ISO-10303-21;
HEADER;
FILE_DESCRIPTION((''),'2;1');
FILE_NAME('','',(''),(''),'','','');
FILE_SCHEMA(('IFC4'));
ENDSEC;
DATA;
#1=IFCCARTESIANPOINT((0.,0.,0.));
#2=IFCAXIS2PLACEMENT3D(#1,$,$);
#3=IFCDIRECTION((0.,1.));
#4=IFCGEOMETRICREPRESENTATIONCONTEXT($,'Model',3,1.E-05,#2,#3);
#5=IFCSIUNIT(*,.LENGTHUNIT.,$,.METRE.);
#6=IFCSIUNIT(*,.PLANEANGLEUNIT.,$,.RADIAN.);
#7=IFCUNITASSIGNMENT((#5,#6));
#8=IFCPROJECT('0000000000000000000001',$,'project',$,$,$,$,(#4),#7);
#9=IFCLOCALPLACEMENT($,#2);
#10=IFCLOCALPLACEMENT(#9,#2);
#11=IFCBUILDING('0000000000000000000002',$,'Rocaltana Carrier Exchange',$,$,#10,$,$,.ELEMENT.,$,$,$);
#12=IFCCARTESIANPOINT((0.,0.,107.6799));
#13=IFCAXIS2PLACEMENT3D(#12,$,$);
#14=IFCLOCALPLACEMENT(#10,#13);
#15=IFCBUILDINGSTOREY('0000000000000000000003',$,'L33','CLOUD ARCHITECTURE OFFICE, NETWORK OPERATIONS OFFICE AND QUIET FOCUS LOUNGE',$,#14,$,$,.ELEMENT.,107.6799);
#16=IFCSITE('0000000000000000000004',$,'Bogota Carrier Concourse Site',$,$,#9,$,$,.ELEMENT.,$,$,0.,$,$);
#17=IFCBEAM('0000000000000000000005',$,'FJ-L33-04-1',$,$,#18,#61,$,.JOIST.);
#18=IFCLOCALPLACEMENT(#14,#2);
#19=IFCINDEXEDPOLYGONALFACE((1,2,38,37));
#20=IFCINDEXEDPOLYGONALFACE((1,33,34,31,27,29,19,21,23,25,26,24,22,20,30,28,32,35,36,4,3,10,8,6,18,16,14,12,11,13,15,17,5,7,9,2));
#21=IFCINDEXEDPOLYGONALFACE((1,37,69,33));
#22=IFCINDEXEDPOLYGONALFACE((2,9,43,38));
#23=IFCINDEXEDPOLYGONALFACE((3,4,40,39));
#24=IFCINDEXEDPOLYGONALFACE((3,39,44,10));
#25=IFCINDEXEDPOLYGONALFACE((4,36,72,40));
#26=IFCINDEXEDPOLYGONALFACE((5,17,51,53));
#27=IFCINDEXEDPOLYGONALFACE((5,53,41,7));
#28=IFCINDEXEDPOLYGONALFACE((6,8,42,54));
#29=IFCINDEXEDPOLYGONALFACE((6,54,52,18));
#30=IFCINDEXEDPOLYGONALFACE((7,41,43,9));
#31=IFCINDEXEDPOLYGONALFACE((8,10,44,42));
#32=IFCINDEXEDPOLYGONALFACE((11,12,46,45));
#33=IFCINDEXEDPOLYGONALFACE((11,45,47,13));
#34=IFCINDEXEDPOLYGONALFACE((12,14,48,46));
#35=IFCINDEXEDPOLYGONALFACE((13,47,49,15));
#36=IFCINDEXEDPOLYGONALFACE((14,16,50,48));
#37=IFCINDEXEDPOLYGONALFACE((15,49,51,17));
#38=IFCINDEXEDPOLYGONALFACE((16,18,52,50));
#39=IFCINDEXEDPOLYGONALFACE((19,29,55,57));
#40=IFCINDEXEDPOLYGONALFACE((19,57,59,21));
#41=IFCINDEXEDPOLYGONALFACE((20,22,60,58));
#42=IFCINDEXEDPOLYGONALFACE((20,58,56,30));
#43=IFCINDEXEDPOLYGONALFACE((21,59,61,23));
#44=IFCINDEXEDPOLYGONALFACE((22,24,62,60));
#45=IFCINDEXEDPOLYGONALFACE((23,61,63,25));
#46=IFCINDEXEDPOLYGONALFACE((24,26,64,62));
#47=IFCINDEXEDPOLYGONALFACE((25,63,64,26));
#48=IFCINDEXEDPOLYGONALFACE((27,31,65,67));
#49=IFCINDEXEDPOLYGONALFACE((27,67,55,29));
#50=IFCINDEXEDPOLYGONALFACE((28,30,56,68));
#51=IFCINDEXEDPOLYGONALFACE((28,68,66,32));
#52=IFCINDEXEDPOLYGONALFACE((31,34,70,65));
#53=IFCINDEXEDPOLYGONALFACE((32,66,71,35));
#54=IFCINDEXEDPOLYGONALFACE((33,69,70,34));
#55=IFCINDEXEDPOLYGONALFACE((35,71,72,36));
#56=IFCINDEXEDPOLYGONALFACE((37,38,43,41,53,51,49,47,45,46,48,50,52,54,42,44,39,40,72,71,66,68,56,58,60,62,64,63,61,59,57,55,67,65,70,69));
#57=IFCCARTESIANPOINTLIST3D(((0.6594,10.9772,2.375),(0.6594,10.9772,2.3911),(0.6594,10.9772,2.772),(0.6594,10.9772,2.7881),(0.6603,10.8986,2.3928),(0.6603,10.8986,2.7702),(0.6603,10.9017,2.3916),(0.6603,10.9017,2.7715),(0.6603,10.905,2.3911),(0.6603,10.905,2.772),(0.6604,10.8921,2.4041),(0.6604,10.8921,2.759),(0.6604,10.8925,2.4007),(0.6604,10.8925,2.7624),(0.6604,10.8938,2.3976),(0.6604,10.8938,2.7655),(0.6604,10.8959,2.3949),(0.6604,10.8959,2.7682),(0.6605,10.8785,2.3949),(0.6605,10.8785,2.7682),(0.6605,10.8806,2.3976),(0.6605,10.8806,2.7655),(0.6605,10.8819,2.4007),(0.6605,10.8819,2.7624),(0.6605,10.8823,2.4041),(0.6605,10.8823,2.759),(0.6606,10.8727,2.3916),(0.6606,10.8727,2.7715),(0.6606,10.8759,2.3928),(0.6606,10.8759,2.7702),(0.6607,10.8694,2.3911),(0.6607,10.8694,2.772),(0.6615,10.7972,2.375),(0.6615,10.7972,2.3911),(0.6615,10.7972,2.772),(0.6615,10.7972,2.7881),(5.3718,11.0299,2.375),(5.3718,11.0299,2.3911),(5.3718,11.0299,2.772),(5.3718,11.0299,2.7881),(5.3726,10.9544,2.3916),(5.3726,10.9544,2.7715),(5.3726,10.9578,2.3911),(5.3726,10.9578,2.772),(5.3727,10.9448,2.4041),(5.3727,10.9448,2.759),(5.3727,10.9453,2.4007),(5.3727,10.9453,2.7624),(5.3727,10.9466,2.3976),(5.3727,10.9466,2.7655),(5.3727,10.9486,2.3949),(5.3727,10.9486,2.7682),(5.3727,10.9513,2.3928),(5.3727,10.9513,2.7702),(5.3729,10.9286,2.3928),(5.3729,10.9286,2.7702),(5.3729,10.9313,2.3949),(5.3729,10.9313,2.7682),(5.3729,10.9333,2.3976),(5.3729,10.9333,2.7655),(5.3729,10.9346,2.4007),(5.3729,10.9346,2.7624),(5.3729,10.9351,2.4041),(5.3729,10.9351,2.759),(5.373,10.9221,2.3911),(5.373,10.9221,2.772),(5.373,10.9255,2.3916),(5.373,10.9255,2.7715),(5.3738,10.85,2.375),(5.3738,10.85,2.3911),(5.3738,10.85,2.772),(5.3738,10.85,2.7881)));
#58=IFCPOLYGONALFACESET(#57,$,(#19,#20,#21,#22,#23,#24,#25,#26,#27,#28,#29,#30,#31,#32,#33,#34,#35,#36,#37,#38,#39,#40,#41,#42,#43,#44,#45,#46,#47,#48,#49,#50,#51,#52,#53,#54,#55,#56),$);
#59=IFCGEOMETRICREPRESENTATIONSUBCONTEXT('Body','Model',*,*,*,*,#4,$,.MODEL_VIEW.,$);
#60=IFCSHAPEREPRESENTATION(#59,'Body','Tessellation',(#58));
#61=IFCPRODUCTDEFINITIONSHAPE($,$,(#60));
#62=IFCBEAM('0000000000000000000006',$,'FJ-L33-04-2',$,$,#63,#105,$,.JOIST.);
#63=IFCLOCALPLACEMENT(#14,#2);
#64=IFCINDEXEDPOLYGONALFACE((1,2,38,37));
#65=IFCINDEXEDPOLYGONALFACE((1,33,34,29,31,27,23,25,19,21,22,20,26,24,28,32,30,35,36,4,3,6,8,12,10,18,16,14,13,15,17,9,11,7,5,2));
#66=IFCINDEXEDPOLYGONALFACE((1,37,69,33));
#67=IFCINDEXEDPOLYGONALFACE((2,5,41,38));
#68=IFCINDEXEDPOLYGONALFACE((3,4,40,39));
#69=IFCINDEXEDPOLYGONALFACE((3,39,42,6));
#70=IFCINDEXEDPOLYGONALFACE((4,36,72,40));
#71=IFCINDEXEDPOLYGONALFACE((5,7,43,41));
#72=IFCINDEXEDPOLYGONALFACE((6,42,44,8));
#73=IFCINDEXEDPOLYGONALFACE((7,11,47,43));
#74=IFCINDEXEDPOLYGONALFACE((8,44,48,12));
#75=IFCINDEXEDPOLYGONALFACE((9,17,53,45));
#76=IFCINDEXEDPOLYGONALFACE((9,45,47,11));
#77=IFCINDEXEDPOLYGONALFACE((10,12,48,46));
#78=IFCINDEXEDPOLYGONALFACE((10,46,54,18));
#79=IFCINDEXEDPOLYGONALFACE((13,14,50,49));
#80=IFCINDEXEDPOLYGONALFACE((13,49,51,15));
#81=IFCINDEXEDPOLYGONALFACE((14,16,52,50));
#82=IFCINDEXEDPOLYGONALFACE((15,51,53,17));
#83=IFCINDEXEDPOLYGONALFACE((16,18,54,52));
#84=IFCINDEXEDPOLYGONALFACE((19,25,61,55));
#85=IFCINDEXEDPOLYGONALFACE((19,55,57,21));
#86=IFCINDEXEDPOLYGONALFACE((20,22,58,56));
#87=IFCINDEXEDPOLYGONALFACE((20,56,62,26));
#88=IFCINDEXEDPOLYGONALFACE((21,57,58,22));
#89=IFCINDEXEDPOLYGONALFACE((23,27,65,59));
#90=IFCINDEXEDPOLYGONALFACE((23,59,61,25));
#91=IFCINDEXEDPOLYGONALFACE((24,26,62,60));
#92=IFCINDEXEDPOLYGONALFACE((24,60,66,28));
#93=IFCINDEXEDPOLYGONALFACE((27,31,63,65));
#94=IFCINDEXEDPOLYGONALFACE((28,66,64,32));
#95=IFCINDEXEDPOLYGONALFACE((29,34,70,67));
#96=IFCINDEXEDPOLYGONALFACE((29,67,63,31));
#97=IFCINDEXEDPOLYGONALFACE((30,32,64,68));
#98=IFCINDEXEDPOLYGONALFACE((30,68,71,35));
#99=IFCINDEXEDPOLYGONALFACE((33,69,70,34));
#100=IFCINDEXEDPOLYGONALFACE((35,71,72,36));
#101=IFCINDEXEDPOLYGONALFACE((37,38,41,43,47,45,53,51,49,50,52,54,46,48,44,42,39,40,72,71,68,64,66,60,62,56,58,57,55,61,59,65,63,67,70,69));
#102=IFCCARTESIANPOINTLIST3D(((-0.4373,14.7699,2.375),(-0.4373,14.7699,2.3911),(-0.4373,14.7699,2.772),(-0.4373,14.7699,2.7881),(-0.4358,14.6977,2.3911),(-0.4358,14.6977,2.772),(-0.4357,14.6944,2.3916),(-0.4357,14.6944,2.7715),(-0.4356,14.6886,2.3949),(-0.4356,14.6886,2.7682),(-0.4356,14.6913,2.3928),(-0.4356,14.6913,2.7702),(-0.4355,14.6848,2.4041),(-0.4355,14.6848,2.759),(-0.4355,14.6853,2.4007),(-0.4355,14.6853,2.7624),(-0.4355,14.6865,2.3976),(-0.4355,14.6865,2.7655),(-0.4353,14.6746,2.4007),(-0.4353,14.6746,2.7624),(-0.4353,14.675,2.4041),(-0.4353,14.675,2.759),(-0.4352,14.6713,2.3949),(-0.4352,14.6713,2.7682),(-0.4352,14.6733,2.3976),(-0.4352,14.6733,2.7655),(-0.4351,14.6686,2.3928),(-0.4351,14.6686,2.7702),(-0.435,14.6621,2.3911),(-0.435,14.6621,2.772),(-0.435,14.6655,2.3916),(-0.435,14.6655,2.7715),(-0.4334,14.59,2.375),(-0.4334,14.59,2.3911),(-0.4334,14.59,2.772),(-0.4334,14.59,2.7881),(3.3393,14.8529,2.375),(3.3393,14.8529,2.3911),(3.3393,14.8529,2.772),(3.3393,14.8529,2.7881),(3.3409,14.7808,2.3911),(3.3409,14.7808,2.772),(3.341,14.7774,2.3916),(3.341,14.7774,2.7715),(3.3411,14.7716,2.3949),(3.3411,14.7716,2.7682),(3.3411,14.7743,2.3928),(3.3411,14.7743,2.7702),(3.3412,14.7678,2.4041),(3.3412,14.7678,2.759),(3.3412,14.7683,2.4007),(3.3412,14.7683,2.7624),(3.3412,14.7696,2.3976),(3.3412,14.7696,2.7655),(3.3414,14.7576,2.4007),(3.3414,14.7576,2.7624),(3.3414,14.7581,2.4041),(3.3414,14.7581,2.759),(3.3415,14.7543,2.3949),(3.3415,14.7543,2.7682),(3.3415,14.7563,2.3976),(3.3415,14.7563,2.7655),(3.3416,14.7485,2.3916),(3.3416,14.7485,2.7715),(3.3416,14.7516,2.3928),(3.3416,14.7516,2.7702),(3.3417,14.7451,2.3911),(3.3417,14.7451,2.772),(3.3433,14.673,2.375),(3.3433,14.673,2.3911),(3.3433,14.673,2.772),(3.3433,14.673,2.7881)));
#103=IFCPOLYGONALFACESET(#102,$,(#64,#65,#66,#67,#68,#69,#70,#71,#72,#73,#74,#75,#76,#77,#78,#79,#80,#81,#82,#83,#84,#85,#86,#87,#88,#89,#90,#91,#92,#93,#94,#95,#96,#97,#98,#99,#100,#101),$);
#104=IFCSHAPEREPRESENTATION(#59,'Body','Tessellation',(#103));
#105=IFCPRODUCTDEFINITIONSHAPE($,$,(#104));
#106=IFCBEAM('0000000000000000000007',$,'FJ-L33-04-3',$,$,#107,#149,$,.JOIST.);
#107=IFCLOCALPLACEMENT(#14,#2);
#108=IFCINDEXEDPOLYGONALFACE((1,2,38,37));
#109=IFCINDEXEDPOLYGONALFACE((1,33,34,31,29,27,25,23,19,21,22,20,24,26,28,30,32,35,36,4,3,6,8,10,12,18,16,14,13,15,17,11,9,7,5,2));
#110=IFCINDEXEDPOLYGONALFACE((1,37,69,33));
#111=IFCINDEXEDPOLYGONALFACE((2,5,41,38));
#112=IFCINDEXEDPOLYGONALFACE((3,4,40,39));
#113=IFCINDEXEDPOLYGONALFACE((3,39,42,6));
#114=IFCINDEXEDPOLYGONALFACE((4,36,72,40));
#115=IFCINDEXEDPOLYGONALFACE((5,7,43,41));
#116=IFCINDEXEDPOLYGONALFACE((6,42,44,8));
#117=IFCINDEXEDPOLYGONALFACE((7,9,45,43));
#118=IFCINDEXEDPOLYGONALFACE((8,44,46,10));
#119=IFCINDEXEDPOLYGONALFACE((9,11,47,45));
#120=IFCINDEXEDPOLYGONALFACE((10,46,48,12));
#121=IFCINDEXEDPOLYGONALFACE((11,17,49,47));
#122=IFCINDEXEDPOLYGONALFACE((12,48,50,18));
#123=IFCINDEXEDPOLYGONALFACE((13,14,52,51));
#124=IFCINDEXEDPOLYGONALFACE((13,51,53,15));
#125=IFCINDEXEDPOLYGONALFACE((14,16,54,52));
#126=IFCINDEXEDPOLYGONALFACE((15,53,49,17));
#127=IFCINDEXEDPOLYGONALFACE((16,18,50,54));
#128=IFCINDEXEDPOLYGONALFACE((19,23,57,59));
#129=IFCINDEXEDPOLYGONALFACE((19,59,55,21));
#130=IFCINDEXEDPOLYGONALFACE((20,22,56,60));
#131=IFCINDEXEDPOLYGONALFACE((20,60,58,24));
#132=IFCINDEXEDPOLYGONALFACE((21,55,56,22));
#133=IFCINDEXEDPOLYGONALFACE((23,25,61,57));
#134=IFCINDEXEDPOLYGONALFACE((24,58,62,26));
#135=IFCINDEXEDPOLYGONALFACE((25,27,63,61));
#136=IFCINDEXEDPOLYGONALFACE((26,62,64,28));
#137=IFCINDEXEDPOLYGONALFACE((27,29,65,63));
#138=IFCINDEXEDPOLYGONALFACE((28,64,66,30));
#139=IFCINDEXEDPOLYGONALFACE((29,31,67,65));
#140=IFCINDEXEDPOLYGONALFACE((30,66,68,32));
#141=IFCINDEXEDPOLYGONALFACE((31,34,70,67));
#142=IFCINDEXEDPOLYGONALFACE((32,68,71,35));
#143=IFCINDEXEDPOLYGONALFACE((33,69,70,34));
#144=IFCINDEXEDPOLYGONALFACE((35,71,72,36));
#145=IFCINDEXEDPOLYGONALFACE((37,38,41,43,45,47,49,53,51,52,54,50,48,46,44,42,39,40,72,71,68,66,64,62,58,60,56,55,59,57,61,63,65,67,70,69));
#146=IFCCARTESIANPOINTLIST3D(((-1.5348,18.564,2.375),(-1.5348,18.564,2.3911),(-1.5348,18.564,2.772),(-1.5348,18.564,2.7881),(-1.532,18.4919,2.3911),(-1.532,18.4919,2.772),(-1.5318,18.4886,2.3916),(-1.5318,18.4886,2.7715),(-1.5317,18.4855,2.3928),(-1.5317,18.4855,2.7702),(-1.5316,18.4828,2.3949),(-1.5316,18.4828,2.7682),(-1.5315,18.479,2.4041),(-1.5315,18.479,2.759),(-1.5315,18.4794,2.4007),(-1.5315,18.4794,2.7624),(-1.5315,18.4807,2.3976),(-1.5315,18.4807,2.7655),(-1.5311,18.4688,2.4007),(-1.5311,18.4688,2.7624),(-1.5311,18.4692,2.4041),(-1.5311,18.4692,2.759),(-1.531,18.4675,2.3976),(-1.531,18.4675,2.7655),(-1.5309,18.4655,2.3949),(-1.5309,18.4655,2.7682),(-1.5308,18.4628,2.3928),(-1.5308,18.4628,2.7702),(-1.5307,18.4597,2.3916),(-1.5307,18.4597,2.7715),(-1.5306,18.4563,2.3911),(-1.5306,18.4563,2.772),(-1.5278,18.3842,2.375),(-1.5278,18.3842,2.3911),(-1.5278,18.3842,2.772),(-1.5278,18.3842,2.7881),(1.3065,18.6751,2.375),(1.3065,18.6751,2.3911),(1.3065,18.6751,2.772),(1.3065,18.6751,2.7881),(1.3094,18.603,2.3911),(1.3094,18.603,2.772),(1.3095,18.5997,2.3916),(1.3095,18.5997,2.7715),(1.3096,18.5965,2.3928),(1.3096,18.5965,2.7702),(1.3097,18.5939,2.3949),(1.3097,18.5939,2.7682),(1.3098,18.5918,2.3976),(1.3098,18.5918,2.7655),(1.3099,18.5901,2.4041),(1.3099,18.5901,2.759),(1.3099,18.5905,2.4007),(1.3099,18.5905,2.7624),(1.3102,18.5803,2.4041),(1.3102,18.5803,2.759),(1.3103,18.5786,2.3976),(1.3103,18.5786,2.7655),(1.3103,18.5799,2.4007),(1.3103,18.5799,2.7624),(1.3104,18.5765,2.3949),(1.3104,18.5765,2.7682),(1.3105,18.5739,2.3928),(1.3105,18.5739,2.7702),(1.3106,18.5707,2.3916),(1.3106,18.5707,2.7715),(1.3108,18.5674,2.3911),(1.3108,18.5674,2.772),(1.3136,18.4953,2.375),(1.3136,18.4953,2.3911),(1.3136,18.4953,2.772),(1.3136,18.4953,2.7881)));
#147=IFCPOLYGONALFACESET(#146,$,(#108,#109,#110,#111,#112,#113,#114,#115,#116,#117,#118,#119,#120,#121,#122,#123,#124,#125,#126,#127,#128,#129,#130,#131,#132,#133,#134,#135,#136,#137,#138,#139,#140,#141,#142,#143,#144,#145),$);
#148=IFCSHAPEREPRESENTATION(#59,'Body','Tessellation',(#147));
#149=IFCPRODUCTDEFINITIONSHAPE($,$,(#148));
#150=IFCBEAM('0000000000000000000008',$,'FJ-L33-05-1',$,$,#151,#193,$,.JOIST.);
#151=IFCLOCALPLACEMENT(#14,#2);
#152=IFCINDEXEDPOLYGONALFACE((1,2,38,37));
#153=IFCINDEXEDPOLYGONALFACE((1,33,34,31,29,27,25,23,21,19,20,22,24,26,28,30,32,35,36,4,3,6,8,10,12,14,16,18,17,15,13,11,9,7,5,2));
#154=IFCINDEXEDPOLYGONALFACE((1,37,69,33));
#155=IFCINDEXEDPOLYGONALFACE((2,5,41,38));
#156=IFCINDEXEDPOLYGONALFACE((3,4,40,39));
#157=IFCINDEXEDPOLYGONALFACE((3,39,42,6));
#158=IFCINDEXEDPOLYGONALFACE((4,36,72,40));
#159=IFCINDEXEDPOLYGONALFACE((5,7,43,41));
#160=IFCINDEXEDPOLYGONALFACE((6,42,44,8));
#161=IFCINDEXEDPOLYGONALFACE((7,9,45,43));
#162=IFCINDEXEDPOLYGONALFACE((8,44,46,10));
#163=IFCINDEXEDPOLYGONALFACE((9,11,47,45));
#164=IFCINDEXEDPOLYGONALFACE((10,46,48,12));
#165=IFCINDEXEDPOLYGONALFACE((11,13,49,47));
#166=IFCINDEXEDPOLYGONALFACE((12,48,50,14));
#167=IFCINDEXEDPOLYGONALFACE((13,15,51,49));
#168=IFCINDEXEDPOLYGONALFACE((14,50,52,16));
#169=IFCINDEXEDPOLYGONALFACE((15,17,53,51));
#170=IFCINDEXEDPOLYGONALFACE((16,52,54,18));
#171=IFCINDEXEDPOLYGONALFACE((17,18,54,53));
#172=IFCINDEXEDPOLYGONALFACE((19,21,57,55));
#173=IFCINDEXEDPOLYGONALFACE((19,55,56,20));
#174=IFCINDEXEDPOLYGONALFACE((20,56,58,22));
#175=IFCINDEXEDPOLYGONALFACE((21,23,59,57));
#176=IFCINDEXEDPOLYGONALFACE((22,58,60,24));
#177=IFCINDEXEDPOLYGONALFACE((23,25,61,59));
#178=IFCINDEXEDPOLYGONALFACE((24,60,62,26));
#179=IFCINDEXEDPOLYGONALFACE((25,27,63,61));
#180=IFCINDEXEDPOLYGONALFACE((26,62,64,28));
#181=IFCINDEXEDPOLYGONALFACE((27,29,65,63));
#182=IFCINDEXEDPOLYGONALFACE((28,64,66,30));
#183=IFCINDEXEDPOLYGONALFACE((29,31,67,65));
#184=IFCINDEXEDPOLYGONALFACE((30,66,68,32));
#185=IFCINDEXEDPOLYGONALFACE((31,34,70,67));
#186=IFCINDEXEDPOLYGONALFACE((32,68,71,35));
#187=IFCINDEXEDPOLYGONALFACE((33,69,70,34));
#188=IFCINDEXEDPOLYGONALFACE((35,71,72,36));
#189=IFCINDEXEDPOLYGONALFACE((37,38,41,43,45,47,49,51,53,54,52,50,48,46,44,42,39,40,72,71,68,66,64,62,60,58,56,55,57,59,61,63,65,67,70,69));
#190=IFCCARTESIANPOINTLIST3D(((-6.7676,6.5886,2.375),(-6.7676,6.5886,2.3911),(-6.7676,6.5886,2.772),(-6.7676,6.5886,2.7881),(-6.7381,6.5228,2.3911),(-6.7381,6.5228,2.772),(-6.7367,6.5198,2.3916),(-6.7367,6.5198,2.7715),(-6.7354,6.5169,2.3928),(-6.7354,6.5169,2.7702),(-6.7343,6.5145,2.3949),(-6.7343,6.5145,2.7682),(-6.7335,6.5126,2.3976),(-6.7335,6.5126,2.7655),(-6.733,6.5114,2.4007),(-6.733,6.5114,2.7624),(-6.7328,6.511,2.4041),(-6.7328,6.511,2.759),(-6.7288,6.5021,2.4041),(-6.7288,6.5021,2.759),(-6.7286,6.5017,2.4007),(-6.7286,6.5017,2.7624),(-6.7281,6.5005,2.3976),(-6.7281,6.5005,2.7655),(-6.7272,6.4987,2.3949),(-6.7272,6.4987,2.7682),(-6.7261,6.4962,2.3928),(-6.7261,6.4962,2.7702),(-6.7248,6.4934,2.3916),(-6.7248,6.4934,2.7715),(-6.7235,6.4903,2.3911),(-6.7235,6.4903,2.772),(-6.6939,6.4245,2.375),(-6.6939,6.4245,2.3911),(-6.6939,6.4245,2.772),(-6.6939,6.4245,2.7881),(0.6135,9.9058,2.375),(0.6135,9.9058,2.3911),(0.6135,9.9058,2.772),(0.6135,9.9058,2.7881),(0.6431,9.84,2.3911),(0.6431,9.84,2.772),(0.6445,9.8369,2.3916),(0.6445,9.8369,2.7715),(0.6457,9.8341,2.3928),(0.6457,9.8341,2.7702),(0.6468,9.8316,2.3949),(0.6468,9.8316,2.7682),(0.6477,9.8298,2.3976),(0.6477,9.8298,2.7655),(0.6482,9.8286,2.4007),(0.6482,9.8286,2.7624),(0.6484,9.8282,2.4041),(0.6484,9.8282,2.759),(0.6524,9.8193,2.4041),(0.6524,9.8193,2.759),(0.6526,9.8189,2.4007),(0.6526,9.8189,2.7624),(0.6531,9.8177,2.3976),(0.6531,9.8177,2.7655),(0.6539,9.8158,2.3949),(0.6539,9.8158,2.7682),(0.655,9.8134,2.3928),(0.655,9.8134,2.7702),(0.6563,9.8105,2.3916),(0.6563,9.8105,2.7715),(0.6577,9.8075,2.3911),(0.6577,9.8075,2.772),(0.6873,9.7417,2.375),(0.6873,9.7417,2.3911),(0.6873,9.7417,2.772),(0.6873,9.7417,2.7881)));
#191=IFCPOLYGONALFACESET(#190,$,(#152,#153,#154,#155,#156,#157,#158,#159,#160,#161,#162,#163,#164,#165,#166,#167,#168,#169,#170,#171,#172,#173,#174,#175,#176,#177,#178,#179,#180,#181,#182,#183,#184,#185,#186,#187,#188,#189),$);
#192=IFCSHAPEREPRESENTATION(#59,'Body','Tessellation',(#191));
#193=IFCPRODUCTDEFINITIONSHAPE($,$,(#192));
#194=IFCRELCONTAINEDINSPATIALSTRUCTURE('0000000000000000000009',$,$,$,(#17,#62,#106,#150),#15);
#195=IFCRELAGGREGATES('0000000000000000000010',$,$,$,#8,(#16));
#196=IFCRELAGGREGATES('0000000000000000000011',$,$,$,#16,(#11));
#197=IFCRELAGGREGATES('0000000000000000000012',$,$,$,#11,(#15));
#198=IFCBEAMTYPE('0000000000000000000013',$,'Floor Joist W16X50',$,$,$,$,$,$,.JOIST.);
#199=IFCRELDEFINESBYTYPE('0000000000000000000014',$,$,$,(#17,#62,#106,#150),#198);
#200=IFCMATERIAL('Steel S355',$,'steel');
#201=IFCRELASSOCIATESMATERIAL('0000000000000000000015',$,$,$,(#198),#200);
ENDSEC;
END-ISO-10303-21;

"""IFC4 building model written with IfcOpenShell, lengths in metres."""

from ifc_helpers import new_model, si_unit, direction, frame, origin, origin_2d, place, context, subcontext, project, spatial, i_section, extrude, material, material_profile, profile_set, type_object, element, save


model = new_model("IFC4")

# Units and contexts
model_context = context("Model", 3, precision=1e-05, world=origin(), true_north=direction((0.0, 1.0)))
body_context = subcontext(model_context, "Body", "Model", "MODEL_VIEW")
ifc_project = project(units=[si_unit("LENGTHUNIT", "METRE"), si_unit("PLANEANGLEUNIT", "RADIAN")], contexts=[model_context])

# Site, building, storey
site_placement = place(None, origin())
site = spatial("IfcSite", under=ifc_project, at=site_placement, Name="Bogota Carrier Concourse Site", CompositionType="ELEMENT", RefElevation=0.0)
building_placement = place(site_placement, origin())
building = spatial("IfcBuilding", under=site, at=building_placement, Name="Rocaltana Carrier Exchange", CompositionType="ELEMENT")
storey_placement = place(building_placement, frame((0.0, 0.0, 107.6799)))
storey = spatial("IfcBuildingStorey", under=building, at=storey_placement, Name="L33", Description="CLOUD ARCHITECTURE OFFICE, NETWORK OPERATIONS OFFICE AND QUIET FOCUS LOUNGE", CompositionType="ELEMENT", Elevation=107.6799)

# Beams
ifc_material_1 = material(Name="Steel S355", Category="steel")
ifc_material_profile_1 = material_profile(ifc_material_1, i_section(OverallWidth=0.1799, OverallDepth=0.4131, WebThickness=0.0098, FlangeThickness=0.0161, FilletRadius=0.0129, at=origin_2d()), Name="W16X50")
ifc_profile_set_1 = profile_set([ifc_material_profile_1], Name="Steel S355")
beam_type_1 = type_object("IfcBeamType", Name="Floor Joist W16X50", PredefinedType="JOIST", material=ifc_profile_set_1)
beam_1_placement = place(storey_placement, frame((5.3728, 10.9399, 2.5815), z_axis=(-0.999937, -0.01119, 0.0), x_axis=(0.01119, -0.999937, 0.0)))
element("IfcBeam", 1, at=beam_1_placement, inside=storey, type_object=beam_type_1, Name="FJ-L33-04-1", PredefinedType="JOIST", context=body_context, shape_type="SweptSolid", body=[
    extrude(i_section(OverallWidth=0.1799, OverallDepth=0.4131, WebThickness=0.0098, FlangeThickness=0.0161, FilletRadius=0.0129, at=origin_2d()), origin(), (0.0, 0.0, 1.0), 4.7126),
])
beam_2_placement = place(storey_placement, frame((3.3413, 14.7629, 2.5815), z_axis=(-0.999759, -0.021974, 0.0), x_axis=(0.021974, -0.999759, 0.0)))
element("IfcBeam", 2, at=beam_2_placement, inside=storey, type_object=beam_type_1, Name="FJ-L33-04-2", PredefinedType="JOIST", context=body_context, shape_type="SweptSolid", body=[
    extrude(i_section(OverallWidth=0.1799, OverallDepth=0.4131, WebThickness=0.0098, FlangeThickness=0.0161, FilletRadius=0.0129, at=origin_2d()), origin(), (0.0, 0.0, 1.0), 3.7776),
])
beam_3_placement = place(storey_placement, frame((1.3101, 18.5852, 2.5815), z_axis=(-0.999237, -0.039066, 0.0), x_axis=(0.039066, -0.999237, 0.0)))
element("IfcBeam", 3, at=beam_3_placement, inside=storey, type_object=beam_type_1, Name="FJ-L33-04-3", PredefinedType="JOIST", context=body_context, shape_type="SweptSolid", body=[
    extrude(i_section(OverallWidth=0.1799, OverallDepth=0.4131, WebThickness=0.0098, FlangeThickness=0.0161, FilletRadius=0.0129, at=origin_2d()), origin(), (0.0, 0.0, 1.0), 2.8435),
])
beam_4_placement = place(storey_placement, frame((0.6504, 9.8237, 2.5815), z_axis=(-0.912123, -0.409917, 0.0), x_axis=(0.409917, -0.912123, 0.0)))
element("IfcBeam", 4, at=beam_4_placement, inside=storey, type_object=beam_type_1, Name="FJ-L33-05-1", PredefinedType="JOIST", context=body_context, shape_type="SweptSolid", body=[
    extrude(i_section(OverallWidth=0.1799, OverallDepth=0.4131, WebThickness=0.0098, FlangeThickness=0.0161, FilletRadius=0.0129, at=origin_2d()), origin(), (0.0, 0.0, 1.0), 8.0923),
])

save(model, "model.ifc")
